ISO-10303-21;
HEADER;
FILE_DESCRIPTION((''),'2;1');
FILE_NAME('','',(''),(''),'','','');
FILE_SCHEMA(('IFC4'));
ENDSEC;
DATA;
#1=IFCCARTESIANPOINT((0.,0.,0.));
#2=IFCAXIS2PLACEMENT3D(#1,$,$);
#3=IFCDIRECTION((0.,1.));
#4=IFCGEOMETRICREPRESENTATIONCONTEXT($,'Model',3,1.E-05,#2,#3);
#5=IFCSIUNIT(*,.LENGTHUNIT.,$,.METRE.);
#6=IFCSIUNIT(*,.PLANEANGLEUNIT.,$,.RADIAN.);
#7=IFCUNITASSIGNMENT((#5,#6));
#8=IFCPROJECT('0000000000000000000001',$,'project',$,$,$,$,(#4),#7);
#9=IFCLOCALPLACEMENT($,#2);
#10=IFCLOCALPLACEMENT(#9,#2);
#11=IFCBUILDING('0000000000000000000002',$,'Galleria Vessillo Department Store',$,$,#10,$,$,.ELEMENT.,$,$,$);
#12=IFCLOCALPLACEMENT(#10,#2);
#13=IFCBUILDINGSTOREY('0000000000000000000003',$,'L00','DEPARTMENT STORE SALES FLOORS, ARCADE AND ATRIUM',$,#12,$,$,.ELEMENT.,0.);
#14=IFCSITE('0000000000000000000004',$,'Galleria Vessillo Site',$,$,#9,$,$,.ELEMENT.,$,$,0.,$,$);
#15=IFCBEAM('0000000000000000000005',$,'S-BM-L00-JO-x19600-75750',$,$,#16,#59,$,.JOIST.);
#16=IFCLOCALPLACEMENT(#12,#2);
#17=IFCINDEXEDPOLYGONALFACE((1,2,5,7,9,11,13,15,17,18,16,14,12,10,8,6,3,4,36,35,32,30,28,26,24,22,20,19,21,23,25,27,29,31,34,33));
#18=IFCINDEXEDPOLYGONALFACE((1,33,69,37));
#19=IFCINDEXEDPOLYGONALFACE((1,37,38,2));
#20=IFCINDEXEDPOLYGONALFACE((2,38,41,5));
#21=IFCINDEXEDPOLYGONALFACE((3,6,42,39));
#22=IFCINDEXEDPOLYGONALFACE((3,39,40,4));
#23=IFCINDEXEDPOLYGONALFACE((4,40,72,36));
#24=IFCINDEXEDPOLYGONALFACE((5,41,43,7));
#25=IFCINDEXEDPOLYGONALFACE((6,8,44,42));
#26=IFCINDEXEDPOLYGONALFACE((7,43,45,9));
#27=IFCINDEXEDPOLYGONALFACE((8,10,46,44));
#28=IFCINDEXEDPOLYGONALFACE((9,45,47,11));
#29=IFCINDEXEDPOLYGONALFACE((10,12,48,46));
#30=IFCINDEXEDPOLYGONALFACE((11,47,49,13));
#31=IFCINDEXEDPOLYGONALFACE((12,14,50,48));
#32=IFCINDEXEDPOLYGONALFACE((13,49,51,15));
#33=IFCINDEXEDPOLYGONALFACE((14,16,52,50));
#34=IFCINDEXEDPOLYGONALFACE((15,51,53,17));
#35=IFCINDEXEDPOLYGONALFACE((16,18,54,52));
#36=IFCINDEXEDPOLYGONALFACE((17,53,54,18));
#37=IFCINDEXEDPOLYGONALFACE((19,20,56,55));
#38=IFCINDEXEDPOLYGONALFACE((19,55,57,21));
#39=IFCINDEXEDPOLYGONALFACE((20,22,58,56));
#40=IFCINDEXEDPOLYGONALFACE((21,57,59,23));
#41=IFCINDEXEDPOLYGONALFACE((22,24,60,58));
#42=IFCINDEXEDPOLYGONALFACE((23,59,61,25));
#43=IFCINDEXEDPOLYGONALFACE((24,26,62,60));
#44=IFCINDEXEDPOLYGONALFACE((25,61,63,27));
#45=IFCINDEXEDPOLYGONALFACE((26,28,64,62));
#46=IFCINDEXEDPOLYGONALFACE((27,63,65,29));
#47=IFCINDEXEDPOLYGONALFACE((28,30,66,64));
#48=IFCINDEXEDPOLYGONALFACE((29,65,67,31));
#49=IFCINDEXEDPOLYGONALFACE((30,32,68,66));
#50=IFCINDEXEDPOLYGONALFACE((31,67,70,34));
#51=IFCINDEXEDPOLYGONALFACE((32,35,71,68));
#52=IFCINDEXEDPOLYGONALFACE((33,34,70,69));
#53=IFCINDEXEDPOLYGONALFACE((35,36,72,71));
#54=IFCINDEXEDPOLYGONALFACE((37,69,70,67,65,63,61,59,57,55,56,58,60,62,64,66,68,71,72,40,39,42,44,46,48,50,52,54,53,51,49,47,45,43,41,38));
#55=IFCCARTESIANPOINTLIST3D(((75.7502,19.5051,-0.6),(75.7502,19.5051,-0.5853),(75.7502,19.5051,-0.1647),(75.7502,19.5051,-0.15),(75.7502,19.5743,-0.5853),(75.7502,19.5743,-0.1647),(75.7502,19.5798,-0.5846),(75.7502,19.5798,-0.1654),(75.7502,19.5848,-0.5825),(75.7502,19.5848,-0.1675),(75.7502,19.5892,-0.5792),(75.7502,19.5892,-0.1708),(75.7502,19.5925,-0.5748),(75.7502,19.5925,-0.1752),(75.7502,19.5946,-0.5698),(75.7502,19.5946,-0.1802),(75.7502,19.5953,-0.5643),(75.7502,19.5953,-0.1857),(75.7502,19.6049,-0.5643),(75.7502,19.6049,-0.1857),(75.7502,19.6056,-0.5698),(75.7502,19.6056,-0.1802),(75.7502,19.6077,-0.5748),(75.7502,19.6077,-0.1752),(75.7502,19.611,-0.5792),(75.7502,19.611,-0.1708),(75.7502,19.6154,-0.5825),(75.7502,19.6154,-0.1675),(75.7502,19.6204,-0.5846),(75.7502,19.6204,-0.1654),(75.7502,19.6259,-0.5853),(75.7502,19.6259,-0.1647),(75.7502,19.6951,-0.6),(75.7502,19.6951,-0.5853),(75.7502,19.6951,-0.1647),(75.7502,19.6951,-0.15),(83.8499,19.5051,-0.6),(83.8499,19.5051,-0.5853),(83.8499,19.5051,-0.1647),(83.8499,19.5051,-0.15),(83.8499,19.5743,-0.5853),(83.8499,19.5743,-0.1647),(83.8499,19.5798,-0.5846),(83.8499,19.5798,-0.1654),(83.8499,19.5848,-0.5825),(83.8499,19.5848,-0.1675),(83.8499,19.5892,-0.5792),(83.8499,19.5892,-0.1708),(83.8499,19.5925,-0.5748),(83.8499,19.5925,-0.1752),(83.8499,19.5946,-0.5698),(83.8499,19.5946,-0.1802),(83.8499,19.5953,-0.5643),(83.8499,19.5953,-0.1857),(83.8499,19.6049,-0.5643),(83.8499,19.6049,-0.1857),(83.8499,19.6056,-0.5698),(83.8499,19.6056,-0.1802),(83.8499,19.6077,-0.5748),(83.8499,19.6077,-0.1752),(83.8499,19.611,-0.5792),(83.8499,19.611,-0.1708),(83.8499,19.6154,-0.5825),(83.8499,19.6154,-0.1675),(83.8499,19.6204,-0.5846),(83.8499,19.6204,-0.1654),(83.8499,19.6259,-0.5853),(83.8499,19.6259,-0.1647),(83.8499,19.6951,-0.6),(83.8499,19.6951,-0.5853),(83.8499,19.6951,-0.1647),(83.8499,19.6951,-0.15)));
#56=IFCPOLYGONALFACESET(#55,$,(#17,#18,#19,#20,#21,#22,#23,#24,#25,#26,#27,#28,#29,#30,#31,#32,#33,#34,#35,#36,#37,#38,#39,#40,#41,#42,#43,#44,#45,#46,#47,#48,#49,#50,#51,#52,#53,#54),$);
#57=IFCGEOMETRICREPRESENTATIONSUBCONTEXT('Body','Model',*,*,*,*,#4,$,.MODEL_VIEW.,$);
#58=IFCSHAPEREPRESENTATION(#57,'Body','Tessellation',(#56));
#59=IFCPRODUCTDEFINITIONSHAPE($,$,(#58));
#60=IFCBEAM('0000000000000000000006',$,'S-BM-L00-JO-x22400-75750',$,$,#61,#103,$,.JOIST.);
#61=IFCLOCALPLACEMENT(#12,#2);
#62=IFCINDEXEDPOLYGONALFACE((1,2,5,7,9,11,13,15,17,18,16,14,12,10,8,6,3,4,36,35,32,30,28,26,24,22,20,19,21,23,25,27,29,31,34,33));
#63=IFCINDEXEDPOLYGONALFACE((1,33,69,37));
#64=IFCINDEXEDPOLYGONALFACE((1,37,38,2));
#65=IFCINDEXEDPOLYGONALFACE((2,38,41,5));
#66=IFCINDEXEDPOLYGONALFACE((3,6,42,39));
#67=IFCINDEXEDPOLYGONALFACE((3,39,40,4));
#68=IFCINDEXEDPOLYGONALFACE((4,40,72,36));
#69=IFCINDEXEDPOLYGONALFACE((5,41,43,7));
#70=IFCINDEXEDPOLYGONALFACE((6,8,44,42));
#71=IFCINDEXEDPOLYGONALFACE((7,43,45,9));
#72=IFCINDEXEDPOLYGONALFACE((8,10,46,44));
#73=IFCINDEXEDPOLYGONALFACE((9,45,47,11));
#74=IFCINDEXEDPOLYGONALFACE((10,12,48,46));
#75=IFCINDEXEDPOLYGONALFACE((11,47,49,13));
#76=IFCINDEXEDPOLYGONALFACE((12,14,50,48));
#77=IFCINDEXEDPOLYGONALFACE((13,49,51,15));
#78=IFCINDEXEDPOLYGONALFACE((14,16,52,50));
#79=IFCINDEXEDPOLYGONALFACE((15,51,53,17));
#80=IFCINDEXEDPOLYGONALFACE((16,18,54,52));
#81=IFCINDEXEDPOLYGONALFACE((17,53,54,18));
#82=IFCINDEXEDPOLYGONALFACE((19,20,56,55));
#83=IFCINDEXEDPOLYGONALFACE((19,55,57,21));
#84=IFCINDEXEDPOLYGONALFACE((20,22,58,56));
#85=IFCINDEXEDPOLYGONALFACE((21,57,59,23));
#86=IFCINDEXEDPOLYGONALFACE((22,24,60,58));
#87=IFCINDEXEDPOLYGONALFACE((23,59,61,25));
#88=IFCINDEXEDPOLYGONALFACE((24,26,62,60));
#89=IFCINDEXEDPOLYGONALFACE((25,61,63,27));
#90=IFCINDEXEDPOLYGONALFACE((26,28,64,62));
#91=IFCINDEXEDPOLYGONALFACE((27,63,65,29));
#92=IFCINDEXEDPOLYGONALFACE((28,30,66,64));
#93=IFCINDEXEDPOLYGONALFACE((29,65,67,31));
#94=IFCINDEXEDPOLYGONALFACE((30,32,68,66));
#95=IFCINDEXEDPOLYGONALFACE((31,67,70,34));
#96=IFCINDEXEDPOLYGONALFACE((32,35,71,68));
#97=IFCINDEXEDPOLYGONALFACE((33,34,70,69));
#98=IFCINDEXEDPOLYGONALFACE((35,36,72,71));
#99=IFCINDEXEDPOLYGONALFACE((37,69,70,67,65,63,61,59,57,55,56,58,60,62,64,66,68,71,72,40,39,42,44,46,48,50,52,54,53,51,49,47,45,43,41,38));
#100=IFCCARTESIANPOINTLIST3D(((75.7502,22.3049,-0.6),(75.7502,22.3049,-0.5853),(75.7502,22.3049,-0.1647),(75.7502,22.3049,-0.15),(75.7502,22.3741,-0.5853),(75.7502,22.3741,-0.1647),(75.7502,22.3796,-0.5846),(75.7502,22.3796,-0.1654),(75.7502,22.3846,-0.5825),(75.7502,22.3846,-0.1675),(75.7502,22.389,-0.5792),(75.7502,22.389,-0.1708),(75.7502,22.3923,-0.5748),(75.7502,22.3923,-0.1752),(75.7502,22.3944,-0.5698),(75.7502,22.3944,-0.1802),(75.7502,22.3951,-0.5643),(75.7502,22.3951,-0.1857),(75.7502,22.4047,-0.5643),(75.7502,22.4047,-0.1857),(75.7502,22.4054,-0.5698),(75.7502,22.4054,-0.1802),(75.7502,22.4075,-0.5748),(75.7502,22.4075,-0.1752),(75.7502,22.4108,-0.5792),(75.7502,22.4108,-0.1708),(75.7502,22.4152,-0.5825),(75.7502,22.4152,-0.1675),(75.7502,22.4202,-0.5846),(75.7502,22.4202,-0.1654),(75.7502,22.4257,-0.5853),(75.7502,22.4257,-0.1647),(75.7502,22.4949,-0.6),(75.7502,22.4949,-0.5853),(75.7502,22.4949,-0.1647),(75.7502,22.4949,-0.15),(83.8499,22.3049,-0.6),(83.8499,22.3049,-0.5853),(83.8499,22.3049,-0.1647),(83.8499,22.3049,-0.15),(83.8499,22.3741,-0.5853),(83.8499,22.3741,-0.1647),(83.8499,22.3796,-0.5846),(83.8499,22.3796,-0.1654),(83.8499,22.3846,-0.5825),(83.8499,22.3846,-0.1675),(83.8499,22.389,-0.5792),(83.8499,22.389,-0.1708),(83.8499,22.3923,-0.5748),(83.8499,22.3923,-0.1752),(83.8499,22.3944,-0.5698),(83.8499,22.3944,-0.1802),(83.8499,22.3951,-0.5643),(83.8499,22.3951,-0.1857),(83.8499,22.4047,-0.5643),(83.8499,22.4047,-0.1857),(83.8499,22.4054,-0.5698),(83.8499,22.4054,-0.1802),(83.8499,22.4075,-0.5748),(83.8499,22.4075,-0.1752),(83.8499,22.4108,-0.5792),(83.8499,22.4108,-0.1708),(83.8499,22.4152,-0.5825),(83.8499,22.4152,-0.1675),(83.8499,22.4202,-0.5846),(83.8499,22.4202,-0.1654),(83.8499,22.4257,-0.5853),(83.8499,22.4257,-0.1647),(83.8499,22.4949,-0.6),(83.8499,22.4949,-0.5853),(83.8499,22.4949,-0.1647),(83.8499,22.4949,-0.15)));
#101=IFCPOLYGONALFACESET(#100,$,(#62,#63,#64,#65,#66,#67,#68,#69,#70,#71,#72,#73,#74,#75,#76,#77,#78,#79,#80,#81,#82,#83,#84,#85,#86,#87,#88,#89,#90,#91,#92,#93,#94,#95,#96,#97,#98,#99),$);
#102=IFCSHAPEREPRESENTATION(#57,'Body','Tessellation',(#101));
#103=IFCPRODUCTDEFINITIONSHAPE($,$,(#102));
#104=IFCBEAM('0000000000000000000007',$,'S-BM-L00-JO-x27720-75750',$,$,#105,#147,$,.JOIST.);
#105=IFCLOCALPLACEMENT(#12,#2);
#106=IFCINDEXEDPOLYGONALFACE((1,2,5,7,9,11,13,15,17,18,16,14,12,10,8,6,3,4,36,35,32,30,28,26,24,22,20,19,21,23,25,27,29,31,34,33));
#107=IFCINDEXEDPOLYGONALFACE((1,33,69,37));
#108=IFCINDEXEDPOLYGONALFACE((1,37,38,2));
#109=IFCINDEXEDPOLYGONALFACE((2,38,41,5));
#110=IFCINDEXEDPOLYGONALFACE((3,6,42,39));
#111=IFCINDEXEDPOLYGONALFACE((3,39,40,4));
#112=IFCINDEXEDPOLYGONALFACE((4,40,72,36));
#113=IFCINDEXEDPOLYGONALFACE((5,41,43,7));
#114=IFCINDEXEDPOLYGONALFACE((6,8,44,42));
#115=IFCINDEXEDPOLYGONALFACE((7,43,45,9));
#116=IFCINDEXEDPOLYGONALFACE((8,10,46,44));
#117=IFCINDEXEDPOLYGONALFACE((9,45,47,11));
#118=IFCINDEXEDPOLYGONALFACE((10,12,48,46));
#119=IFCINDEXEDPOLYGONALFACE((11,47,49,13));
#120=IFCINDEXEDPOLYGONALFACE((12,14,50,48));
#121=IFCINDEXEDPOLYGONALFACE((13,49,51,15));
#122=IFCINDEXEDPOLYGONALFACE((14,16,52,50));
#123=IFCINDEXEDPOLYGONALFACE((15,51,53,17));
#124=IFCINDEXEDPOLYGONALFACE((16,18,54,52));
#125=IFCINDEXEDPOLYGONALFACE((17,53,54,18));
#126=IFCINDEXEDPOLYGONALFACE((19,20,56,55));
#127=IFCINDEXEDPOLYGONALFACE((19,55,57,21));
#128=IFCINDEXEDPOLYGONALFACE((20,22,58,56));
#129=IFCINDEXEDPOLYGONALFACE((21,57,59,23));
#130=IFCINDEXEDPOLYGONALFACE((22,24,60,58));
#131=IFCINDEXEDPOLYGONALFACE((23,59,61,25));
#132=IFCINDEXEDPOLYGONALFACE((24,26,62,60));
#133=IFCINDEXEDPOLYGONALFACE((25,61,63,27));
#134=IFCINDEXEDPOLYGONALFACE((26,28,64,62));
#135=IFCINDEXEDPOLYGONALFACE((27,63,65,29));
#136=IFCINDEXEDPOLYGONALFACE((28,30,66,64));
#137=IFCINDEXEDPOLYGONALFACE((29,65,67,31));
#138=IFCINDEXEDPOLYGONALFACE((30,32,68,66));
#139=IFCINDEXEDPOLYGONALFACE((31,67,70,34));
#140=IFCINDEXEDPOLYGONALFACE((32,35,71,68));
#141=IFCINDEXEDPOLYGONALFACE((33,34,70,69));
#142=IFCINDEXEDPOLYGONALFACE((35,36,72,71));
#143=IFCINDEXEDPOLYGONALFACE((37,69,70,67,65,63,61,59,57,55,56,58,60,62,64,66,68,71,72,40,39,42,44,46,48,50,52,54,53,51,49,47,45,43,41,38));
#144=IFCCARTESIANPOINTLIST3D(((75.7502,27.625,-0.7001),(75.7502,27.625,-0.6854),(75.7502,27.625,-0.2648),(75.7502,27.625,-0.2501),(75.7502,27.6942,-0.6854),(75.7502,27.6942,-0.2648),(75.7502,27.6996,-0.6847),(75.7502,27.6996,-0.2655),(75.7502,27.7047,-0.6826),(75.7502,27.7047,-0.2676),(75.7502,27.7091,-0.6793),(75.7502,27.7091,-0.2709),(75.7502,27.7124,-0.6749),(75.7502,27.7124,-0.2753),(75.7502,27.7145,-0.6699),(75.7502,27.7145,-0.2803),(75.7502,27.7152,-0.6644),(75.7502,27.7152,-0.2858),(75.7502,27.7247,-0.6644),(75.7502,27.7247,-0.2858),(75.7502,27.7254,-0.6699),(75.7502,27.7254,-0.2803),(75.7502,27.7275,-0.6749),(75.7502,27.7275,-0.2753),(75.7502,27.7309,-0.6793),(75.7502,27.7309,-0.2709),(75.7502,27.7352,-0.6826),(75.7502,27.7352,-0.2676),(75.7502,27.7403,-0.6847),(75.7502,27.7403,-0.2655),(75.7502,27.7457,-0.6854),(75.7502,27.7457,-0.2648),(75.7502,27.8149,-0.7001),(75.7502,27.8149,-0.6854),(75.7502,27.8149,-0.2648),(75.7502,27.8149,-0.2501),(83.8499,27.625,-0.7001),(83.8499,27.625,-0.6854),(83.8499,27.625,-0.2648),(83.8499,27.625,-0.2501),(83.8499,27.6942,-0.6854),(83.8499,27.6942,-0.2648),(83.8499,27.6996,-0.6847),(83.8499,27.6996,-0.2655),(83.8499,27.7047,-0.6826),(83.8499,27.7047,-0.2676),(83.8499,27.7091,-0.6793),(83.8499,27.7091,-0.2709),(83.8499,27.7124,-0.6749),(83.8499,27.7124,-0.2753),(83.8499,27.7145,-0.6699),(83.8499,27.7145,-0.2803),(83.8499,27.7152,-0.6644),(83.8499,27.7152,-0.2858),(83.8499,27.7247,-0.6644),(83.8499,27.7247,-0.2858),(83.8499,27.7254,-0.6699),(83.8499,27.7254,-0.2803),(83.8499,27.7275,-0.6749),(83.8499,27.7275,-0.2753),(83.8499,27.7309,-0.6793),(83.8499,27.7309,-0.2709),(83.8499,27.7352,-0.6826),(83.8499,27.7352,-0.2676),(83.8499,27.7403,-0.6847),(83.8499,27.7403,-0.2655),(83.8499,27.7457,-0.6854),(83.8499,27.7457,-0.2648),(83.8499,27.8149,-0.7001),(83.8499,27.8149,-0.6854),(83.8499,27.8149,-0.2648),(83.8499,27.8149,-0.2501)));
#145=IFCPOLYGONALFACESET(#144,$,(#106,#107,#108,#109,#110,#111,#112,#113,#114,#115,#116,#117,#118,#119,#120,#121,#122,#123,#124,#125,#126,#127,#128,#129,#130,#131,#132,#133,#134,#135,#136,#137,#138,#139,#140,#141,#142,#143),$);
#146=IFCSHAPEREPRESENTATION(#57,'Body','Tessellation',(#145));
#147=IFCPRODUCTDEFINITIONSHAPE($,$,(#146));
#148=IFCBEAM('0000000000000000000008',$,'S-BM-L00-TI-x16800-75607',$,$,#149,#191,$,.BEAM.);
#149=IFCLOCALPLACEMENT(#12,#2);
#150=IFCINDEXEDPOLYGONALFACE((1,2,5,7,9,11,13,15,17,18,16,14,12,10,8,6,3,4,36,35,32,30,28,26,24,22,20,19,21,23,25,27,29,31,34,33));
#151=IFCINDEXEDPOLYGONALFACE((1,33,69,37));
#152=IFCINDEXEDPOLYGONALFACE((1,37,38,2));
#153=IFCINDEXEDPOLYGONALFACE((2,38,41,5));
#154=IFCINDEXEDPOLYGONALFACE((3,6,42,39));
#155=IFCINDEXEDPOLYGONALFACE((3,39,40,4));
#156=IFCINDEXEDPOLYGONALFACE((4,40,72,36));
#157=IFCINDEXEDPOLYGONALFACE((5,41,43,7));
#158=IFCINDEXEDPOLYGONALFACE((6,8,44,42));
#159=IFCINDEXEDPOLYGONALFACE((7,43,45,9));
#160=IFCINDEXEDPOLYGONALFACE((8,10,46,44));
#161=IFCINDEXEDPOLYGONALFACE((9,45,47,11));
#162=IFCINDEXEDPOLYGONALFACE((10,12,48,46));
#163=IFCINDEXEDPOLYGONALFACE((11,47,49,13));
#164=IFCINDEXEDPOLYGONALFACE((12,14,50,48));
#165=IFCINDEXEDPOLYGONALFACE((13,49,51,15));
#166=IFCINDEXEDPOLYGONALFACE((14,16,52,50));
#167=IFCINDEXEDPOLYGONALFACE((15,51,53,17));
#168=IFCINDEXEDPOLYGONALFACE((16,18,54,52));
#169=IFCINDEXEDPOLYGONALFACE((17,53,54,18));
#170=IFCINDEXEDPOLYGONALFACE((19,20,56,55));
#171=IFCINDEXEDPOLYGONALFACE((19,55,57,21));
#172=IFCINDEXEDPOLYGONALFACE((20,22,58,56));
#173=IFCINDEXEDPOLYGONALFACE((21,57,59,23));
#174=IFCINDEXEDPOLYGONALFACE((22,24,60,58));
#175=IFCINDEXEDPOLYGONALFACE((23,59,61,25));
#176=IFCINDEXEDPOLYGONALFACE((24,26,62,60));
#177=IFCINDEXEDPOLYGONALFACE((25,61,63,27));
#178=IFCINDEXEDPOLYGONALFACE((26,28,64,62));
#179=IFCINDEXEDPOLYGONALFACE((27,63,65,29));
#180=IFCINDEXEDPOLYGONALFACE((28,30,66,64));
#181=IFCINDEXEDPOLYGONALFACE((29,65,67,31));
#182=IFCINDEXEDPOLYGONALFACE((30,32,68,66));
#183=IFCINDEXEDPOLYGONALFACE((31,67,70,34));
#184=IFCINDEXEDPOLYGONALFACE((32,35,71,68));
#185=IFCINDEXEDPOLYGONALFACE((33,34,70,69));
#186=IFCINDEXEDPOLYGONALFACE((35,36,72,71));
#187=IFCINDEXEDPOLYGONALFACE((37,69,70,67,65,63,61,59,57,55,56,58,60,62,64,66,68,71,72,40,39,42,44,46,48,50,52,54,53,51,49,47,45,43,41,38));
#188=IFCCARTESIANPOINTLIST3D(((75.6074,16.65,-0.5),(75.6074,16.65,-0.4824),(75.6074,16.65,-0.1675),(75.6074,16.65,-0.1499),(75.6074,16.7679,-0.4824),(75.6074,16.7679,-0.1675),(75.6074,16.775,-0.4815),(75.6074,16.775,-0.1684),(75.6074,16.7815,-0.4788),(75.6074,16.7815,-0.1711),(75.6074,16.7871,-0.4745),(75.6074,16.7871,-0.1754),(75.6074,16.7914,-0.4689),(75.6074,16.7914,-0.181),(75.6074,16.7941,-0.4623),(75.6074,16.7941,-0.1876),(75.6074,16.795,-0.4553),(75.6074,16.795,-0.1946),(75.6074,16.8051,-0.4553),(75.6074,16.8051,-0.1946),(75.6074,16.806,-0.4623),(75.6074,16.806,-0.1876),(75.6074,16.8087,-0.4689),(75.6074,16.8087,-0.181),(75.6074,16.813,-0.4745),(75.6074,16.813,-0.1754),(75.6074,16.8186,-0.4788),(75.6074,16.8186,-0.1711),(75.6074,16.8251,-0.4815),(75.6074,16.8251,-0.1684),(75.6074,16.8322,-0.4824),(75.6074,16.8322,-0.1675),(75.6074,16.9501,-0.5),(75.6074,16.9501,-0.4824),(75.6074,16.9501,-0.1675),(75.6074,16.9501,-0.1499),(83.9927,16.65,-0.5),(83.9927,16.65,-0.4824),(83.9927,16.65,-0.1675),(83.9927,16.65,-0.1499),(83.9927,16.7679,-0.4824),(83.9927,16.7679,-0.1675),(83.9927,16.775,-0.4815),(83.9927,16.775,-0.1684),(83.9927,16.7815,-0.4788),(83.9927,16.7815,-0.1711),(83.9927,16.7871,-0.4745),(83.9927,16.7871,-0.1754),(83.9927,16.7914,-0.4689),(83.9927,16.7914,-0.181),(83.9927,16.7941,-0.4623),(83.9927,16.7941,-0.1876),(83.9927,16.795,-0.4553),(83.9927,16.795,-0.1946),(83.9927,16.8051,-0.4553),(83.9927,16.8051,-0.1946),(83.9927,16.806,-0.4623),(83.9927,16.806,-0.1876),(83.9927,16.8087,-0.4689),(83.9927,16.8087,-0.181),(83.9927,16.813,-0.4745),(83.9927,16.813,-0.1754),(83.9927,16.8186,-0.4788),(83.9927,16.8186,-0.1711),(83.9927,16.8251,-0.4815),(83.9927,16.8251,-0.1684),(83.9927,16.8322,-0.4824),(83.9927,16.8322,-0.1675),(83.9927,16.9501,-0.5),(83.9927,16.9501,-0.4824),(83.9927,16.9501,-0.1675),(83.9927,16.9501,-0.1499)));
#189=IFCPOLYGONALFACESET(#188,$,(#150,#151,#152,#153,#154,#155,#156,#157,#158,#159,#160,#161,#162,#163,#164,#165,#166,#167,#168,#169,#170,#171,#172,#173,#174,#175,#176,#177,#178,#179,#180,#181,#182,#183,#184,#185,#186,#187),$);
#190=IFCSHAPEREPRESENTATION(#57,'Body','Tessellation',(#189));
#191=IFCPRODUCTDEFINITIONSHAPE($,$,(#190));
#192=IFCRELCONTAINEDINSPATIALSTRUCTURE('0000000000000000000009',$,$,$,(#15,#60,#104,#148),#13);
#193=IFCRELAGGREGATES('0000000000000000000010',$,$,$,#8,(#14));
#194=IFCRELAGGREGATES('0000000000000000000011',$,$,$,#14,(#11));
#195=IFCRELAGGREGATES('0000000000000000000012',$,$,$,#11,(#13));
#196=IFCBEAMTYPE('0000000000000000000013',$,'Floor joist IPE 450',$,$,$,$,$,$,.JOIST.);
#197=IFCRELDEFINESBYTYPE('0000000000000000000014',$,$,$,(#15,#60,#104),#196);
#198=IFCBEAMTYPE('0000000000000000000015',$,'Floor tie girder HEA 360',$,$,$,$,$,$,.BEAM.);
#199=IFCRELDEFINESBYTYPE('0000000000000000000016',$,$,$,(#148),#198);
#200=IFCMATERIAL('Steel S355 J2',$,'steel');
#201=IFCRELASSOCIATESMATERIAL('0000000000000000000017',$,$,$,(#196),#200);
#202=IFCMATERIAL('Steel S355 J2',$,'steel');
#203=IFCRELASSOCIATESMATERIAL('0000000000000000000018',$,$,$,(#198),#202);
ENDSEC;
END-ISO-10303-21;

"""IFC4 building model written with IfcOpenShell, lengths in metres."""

from ifc_helpers import new_model, si_unit, direction, frame, origin, origin_2d, place, context, subcontext, project, spatial, i_section, extrude, material, material_profile, profile_set, type_object, element, save


model = new_model("IFC4")

# Units and contexts
model_context = context("Model", 3, precision=1e-05, world=origin(), true_north=direction((0.0, 1.0)))
body_context = subcontext(model_context, "Body", "Model", "MODEL_VIEW")
ifc_project = project(units=[si_unit("LENGTHUNIT", "METRE"), si_unit("PLANEANGLEUNIT", "RADIAN")], contexts=[model_context])

# Site, building, storey
site_placement = place(None, origin())
site = spatial("IfcSite", under=ifc_project, at=site_placement, Name="Galleria Vessillo Site", CompositionType="ELEMENT", RefElevation=0.0)
building_placement = place(site_placement, origin())
building = spatial("IfcBuilding", under=site, at=building_placement, Name="Galleria Vessillo Department Store", CompositionType="ELEMENT")
storey_placement = place(building_placement, origin())
storey = spatial("IfcBuildingStorey", under=building, at=storey_placement, Name="L00", Description="DEPARTMENT STORE SALES FLOORS, ARCADE AND ATRIUM", CompositionType="ELEMENT", Elevation=0.0)

# Beams
ifc_material_1 = material(Name="Steel S355 J2", Category="steel")
ifc_material_profile_1 = material_profile(ifc_material_1, i_section(OverallWidth=0.1899, OverallDepth=0.45, WebThickness=0.0095, FlangeThickness=0.0146, FilletRadius=0.021, at=origin_2d()), Name="IPE 450")
ifc_profile_set_1 = profile_set([ifc_material_profile_1], Name="Steel S355 J2")
beam_type_1 = type_object("IfcBeamType", Name="Floor joist IPE 450", PredefinedType="JOIST", material=ifc_profile_set_1)
for number, where, z_axis, x_axis, name in (
    (1, (75.7502, 19.6001, -0.375), (1.0, 0.0, 0.0), (0.0, 1.0, 0.0), "S-BM-L00-JO-x19600-75750"),
    (2, (75.7502, 22.3999, -0.375), (1.0, 0.0, 0.0), (0.0, 1.0, 0.0), "S-BM-L00-JO-x22400-75750"),
    (3, (75.7502, 27.72, -0.4751), (1.0, 0.0, 0.0), (0.0, 1.0, 0.0), "S-BM-L00-JO-x27720-75750"),
):
    element("IfcBeam", number, at=place(storey_placement, frame(where, z_axis=z_axis, x_axis=x_axis)), inside=storey, type_object=beam_type_1, Name=name, PredefinedType="JOIST", context=body_context, shape_type="SweptSolid", body=[
        extrude(i_section(OverallWidth=0.1899, OverallDepth=0.45, WebThickness=0.0095, FlangeThickness=0.0146, FilletRadius=0.021, at=origin_2d()), origin(), (0.0, 0.0, 1.0), 8.0996),
    ])
ifc_material_2 = material(Name="Steel S355 J2", Category="steel")
ifc_material_profile_2 = material_profile(ifc_material_2, i_section(OverallWidth=0.3, OverallDepth=0.3501, WebThickness=0.01, FlangeThickness=0.0176, FilletRadius=0.0271, at=origin_2d()), Name="HEA 360")
ifc_profile_set_2 = profile_set([ifc_material_profile_2], Name="Steel S355 J2")
beam_type_2 = type_object("IfcBeamType", Name="Floor tie girder HEA 360", PredefinedType="BEAM", material=ifc_profile_set_2)
beam_1_placement = place(storey_placement, frame((75.6074, 16.8, -0.325), z_axis=(1.0, 0.0, 0.0), x_axis=(0.0, 1.0, 0.0)))
element("IfcBeam", 4, at=beam_1_placement, inside=storey, type_object=beam_type_2, Name="S-BM-L00-TI-x16800-75607", PredefinedType="BEAM", context=body_context, shape_type="SweptSolid", body=[
    extrude(i_section(OverallWidth=0.3, OverallDepth=0.3501, WebThickness=0.01, FlangeThickness=0.0176, FilletRadius=0.0271, at=origin_2d()), origin(), (0.0, 0.0, 1.0), 8.3853),
])

save(model, "model.ifc")
